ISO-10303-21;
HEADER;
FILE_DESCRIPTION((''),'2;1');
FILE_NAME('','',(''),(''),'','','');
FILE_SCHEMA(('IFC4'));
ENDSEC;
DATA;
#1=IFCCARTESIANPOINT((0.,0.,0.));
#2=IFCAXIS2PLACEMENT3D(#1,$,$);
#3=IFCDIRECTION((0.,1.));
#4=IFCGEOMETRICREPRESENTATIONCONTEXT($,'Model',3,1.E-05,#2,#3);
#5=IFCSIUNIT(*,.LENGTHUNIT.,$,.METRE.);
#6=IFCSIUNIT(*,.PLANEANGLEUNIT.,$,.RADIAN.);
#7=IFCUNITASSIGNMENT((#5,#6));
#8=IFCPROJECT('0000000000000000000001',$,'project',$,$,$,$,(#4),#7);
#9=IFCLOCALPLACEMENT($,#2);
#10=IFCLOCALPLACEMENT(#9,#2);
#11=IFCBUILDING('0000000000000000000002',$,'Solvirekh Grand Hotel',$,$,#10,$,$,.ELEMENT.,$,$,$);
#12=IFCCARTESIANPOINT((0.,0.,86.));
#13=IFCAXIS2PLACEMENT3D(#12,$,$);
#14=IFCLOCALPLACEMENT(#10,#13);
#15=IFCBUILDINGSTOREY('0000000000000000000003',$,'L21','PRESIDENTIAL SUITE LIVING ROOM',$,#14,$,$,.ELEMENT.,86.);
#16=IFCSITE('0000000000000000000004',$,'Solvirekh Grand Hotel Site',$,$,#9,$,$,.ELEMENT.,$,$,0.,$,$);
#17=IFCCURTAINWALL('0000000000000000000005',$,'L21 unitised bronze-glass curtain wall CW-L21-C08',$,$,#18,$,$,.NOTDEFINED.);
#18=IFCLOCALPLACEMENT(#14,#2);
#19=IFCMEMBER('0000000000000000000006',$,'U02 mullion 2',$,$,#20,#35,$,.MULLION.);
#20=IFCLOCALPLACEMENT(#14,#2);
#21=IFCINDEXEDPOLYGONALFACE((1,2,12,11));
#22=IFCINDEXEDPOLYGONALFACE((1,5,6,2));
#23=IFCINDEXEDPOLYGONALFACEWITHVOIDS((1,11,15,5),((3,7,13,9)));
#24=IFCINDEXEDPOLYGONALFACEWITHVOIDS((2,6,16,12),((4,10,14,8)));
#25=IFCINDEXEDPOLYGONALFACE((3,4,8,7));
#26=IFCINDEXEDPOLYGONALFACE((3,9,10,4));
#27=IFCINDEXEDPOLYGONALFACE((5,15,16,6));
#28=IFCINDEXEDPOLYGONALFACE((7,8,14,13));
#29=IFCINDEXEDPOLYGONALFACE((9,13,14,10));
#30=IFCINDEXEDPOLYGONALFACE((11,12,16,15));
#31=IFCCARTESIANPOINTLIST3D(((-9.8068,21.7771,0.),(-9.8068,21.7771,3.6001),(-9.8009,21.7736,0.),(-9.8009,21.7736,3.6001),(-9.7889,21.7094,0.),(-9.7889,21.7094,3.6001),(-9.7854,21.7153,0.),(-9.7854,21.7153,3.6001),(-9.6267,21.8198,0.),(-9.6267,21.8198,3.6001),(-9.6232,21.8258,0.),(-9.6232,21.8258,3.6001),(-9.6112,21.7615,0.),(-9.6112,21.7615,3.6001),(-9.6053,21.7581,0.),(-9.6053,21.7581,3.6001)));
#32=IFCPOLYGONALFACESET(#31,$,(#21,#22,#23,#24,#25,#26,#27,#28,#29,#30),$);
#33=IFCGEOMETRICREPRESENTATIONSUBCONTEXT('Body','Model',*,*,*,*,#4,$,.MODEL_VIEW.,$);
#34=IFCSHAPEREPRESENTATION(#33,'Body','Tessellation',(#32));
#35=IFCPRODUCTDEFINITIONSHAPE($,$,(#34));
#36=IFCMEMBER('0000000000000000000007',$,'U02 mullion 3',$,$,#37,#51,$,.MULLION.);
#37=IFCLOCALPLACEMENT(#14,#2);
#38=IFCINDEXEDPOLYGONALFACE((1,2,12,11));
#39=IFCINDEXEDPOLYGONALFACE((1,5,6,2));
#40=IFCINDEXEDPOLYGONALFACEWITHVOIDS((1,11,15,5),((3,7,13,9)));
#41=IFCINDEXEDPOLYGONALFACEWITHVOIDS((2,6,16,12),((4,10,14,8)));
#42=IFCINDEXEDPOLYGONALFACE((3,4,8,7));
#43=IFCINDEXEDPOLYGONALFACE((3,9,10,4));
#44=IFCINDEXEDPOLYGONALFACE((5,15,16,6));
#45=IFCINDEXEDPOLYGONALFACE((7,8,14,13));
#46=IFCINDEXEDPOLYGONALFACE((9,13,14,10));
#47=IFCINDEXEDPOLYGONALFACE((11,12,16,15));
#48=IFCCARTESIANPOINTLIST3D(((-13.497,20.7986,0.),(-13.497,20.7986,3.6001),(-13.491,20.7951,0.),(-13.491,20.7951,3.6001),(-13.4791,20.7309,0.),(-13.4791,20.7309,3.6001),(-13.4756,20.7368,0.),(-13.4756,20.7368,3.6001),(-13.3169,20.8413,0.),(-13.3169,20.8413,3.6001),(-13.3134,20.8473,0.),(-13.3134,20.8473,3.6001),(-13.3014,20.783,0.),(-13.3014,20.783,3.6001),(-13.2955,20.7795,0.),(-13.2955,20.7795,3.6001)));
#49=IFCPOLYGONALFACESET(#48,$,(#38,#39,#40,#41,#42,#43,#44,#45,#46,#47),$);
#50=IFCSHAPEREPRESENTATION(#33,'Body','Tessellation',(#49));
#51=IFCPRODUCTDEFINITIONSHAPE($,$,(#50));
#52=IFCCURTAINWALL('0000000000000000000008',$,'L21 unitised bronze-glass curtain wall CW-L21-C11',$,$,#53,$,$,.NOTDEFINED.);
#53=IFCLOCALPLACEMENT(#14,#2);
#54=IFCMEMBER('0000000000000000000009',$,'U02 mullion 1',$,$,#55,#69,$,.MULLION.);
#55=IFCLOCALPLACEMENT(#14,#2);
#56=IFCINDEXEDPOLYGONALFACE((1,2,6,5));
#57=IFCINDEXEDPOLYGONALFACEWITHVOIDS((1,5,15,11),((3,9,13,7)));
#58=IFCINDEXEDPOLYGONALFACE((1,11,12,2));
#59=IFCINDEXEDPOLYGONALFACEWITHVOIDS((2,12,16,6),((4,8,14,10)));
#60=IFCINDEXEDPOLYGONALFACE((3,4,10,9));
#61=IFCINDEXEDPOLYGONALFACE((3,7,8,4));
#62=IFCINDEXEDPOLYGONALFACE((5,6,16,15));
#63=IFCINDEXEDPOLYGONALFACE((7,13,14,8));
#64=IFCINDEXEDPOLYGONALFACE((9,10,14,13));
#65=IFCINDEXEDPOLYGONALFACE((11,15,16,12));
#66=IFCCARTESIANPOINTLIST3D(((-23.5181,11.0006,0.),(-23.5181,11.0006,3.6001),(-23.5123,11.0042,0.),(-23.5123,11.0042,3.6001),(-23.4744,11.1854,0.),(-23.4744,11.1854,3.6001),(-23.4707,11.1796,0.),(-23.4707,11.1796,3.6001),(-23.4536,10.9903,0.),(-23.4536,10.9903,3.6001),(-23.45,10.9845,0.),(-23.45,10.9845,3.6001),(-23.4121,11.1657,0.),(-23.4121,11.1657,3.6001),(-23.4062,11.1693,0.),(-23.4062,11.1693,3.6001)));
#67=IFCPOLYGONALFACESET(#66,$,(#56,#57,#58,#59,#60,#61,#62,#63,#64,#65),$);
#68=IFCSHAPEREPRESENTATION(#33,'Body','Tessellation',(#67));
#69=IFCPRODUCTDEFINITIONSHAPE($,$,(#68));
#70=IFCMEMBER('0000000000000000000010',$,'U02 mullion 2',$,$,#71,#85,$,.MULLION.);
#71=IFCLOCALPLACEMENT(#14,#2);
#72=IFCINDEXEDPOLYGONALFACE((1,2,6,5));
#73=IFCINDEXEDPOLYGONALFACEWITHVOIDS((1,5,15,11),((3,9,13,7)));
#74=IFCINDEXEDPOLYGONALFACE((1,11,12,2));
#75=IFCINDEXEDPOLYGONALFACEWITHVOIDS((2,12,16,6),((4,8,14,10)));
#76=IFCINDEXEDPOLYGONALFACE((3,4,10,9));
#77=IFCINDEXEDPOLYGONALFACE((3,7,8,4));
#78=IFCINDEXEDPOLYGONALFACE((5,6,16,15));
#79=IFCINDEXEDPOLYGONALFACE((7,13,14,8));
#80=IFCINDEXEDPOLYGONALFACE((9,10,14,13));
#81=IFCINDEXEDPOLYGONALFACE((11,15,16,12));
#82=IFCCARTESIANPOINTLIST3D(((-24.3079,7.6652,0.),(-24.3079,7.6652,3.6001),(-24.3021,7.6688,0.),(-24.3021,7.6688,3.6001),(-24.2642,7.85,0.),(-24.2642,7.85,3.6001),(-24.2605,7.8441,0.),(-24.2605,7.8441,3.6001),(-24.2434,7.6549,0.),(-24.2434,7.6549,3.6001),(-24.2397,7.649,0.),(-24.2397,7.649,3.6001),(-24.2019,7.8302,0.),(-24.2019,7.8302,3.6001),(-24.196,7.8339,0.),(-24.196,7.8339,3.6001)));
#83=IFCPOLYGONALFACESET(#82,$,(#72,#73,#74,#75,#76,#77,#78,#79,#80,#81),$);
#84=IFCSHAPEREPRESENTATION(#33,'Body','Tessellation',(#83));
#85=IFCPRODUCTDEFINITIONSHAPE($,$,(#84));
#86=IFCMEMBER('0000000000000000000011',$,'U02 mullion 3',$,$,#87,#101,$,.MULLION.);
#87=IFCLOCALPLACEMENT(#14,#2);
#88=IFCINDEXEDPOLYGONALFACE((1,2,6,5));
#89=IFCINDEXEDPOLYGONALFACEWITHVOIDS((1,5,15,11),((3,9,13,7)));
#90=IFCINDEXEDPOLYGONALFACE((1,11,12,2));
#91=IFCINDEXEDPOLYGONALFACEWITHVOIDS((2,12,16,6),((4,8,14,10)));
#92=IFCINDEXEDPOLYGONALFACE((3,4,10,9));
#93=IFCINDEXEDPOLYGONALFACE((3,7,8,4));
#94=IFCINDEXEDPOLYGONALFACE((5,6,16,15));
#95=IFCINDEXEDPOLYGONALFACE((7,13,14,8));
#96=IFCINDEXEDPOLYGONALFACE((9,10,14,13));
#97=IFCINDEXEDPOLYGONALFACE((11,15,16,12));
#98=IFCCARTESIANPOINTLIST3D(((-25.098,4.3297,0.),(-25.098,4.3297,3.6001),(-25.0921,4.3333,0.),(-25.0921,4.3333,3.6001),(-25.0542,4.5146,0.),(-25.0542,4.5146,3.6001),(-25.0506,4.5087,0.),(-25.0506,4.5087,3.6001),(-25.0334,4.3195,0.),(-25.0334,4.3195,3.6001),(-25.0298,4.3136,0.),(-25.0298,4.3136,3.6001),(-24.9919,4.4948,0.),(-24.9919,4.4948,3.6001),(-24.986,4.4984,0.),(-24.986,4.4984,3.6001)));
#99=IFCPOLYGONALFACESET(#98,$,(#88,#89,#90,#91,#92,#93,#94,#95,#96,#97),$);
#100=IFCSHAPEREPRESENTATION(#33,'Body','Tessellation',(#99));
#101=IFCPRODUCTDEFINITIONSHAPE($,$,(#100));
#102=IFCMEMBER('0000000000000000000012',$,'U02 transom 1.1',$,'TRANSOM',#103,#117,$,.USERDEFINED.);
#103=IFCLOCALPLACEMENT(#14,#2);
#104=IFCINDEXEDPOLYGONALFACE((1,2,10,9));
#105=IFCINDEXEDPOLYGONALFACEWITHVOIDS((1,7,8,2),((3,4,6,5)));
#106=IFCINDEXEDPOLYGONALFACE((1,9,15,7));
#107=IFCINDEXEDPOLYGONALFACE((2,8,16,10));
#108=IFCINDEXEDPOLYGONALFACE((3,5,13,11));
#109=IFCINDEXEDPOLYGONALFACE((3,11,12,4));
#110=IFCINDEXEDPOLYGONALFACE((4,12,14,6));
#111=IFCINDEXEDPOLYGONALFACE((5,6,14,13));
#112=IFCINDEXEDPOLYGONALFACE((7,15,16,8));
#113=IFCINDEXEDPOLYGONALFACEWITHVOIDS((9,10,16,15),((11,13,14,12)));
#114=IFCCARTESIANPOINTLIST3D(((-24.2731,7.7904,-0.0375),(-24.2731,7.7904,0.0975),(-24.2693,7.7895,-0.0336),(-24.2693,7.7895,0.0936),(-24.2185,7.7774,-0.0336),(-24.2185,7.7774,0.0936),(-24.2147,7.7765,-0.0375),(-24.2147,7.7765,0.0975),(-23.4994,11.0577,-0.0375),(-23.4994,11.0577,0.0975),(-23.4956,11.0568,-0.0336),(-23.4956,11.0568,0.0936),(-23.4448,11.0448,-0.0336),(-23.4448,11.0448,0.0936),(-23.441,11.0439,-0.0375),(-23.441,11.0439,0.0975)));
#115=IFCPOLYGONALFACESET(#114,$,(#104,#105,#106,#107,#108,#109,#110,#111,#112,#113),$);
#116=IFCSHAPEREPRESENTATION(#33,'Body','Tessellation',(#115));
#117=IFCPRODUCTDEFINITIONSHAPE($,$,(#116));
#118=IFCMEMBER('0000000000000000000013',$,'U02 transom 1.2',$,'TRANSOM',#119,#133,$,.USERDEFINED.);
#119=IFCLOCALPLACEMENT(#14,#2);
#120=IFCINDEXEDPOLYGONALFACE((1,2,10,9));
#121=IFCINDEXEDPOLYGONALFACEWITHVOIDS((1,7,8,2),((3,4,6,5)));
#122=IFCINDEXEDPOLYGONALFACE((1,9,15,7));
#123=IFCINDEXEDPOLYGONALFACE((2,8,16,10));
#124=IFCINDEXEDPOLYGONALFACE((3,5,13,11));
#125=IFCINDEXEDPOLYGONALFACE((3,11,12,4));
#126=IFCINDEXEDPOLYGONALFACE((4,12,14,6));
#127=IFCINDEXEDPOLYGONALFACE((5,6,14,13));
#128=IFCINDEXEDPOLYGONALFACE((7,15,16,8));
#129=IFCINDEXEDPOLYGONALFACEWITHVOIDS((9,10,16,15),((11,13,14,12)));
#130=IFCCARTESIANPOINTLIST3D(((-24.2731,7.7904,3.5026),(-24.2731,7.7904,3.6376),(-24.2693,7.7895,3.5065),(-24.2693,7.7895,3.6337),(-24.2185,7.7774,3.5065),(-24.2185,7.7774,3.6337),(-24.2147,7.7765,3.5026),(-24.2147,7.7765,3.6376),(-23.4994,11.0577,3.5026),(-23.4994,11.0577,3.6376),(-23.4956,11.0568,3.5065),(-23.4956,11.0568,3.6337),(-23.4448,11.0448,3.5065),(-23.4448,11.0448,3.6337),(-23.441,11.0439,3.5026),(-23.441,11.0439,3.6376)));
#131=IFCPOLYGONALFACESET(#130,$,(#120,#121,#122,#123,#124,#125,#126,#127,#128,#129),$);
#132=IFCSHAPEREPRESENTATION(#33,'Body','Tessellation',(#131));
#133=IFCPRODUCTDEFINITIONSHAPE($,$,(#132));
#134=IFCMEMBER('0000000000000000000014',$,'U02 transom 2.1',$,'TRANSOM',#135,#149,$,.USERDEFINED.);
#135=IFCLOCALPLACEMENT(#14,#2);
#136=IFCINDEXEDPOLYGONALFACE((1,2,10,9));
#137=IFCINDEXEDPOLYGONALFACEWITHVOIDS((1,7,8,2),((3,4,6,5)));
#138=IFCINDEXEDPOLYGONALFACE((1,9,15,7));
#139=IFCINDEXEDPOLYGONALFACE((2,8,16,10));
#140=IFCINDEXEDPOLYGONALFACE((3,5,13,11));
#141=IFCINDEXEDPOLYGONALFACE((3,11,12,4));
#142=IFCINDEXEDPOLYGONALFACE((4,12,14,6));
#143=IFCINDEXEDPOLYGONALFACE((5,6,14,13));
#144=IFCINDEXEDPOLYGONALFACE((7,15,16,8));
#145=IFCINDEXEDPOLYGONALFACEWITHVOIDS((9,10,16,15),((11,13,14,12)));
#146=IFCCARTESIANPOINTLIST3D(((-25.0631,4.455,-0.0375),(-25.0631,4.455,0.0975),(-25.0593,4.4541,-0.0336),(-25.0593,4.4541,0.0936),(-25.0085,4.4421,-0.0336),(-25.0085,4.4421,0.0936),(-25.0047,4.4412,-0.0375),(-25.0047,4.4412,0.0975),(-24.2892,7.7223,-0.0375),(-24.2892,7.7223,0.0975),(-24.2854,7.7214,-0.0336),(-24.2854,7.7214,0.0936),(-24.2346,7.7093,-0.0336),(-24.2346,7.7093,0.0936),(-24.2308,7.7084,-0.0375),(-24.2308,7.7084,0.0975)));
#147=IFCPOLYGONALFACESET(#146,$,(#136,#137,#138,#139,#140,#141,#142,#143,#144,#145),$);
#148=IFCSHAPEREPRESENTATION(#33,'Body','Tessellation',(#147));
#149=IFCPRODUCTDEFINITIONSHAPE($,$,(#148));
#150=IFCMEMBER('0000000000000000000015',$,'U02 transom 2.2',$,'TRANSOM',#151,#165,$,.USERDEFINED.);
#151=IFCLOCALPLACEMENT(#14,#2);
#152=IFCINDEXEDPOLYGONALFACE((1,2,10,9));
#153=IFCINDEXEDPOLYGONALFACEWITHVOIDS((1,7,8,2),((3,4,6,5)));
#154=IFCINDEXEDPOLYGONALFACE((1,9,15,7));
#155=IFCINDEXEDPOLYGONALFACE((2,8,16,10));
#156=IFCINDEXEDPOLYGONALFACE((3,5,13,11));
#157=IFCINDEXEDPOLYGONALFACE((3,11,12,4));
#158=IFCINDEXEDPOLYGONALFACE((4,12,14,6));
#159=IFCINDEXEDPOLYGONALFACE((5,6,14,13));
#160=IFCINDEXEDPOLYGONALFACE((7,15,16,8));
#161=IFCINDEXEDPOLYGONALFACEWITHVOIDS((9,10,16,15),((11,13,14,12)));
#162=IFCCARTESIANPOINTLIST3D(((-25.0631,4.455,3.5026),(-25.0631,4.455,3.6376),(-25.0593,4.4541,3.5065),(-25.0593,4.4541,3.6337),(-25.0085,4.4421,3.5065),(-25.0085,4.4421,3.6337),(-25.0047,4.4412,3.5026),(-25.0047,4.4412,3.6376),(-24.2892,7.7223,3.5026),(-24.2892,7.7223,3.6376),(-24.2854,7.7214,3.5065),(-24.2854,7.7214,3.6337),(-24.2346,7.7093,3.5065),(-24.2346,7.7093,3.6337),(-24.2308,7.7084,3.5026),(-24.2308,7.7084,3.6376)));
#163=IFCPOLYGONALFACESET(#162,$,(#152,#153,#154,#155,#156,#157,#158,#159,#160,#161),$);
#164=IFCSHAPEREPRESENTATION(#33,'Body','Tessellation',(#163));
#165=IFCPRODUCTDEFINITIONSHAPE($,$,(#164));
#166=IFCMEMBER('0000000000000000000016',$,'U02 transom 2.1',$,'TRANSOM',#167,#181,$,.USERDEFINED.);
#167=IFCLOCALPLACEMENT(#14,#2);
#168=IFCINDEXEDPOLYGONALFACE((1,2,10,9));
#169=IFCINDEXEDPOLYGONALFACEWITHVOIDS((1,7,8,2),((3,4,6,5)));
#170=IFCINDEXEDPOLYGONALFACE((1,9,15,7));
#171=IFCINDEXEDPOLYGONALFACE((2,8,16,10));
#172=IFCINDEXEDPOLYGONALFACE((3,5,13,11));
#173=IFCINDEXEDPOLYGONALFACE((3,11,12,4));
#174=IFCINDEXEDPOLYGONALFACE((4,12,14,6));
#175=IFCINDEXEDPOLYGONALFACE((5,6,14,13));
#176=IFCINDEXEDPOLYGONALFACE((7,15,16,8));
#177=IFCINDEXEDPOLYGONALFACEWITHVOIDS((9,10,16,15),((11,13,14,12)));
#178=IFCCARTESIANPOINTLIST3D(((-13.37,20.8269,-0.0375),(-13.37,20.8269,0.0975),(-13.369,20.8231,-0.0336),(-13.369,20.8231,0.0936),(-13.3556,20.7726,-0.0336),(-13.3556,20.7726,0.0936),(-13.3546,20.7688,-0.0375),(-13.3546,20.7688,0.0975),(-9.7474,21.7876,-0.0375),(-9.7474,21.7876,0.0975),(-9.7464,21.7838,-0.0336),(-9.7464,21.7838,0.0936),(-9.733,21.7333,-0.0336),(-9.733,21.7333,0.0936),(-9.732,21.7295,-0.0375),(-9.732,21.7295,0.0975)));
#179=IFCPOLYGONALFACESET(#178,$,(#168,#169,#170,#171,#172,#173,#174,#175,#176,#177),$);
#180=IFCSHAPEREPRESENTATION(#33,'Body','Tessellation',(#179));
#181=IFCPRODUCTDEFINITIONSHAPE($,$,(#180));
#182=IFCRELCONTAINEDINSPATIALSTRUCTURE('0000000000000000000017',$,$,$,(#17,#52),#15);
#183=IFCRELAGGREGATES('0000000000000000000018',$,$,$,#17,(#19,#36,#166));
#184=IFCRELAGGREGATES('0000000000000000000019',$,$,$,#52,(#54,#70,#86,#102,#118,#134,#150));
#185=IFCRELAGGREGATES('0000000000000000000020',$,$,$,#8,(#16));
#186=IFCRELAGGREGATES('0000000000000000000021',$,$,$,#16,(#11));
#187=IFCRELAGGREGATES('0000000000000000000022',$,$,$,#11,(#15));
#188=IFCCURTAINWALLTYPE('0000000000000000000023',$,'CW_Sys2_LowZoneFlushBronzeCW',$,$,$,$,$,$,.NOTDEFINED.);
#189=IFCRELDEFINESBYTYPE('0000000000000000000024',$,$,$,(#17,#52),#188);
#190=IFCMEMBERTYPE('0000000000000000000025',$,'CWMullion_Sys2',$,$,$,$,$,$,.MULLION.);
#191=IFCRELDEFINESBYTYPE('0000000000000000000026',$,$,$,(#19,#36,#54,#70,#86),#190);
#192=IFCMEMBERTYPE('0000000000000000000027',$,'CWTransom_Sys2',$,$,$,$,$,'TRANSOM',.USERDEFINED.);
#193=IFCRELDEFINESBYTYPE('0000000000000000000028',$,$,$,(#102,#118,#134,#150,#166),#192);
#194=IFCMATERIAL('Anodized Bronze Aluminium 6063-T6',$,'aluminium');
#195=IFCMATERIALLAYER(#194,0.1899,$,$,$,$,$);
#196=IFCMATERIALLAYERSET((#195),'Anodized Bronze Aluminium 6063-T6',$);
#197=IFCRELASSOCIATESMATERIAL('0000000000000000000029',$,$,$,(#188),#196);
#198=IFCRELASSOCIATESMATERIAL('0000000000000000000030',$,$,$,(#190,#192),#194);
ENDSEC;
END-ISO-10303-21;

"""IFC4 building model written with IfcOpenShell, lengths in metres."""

from ifc_helpers import new_model, si_unit, direction, frame, origin, origin_2d, place, context, subcontext, project, spatial, hollow_rectangle, extrude, source, transform, mapped, material, layer, layer_set, material_profile, profile_set, type_object, element, aggregate, save


model = new_model("IFC4")

# Units and contexts
model_context = context("Model", 3, precision=1e-05, world=origin(), true_north=direction((0.0, 1.0)))
body_context = subcontext(model_context, "Body", "Model", "MODEL_VIEW")
ifc_project = project(units=[si_unit("LENGTHUNIT", "METRE"), si_unit("PLANEANGLEUNIT", "RADIAN")], contexts=[model_context])

# Site, building, storey
site_placement = place(None, origin())
site = spatial("IfcSite", under=ifc_project, at=site_placement, Name="Solvirekh Grand Hotel Site", CompositionType="ELEMENT", RefElevation=0.0)
building_placement = place(site_placement, origin())
building = spatial("IfcBuilding", under=site, at=building_placement, Name="Solvirekh Grand Hotel", CompositionType="ELEMENT")
storey_placement = place(building_placement, frame((0.0, 0.0, 86.0)))
storey = spatial("IfcBuildingStorey", under=building, at=storey_placement, Name="L21", Description="PRESIDENTIAL SUITE LIVING ROOM", CompositionType="ELEMENT", Elevation=86.0)

# Curtain walls, members
ifc_material_1 = material(Name="Anodized Bronze Aluminium 6063-T6", Category="aluminium")
ifc_layer_1 = layer(ifc_material_1, 0.1899)
ifc_layer_set_1 = layer_set([ifc_layer_1], Name="Anodized Bronze Aluminium 6063-T6")
curtain_wall_type = type_object("IfcCurtainWallType", Name="CW_Sys2_LowZoneFlushBronzeCW", PredefinedType="NOTDEFINED", material=ifc_layer_set_1)
curtain_wall_1_placement = place(storey_placement, origin())
curtain_wall_1 = element("IfcCurtainWall", 1, at=curtain_wall_1_placement, inside=storey, type_object=curtain_wall_type, Name="L21 unitised bronze-glass curtain wall CW-L21-C08", PredefinedType="NOTDEFINED")
ifc_material_profile_1 = material_profile(ifc_material_1, hollow_rectangle(XDim=0.0701, YDim=0.1899, WallThickness=0.0049, at=origin_2d()), Name="ALU RHS 190X70X5")
ifc_profile_set_1 = profile_set([ifc_material_profile_1], Name="Anodized Bronze Aluminium 6063-T6")
member_type_1 = type_object("IfcMemberType", Name="CWMullion_Sys2", PredefinedType="MULLION", material=ifc_profile_set_1)
shared_shape_1 = source(origin(), body_context, "Body", "SweptSolid", [
    extrude(hollow_rectangle(XDim=0.0701, YDim=0.1899, WallThickness=0.0049, at=origin_2d()), origin(), (0.0, 0.0, 1.0), 3.6001),
])
member_1_placement = place(storey_placement, frame((-9.7061, 21.7676, 0.0), z_axis=(0.0, 0.0, 1.0), x_axis=(0.256313, -0.966594, 0.0)))
member_1 = element("IfcMember", 2, at=member_1_placement, type_object=member_type_1, Name="U02 mullion 2", PredefinedType="MULLION", context=body_context, shape_type="MappedRepresentation", body=[
    mapped(shared_shape_1, transform((0.0, 0.0, 0.0), x_axis=(1.0, 0.0, 0.0), y_axis=(0.0, 1.0, 0.0), z_axis=(0.0, 0.0, 1.0), scale=1.0)),
])
member_2_placement = place(storey_placement, frame((-13.3962, 20.7891, 0.0), z_axis=(0.0, 0.0, 1.0), x_axis=(0.256313, -0.966594, 0.0)))
member_2 = element("IfcMember", 3, at=member_2_placement, type_object=member_type_1, Name="U02 mullion 3", PredefinedType="MULLION", context=body_context, shape_type="MappedRepresentation", body=[
    mapped(shared_shape_1, transform((0.0, 0.0, 0.0), x_axis=(1.0, 0.0, 0.0), y_axis=(0.0, 1.0, 0.0), z_axis=(0.0, 0.0, 1.0), scale=1.0)),
])
curtain_wall_2_placement = place(storey_placement, origin())
curtain_wall_2 = element("IfcCurtainWall", 4, at=curtain_wall_2_placement, inside=storey, type_object=curtain_wall_type, Name="L21 unitised bronze-glass curtain wall CW-L21-C11", PredefinedType="NOTDEFINED")
member_3_placement = place(storey_placement, frame((-23.4622, 11.085, 0.0), z_axis=(0.0, 0.0, 1.0), x_axis=(0.973083, -0.230456, 0.0)))
member_3 = element("IfcMember", 5, at=member_3_placement, type_object=member_type_1, Name="U02 mullion 1", PredefinedType="MULLION", context=body_context, shape_type="MappedRepresentation", body=[
    mapped(shared_shape_1, transform((0.0, 0.0, 0.0), x_axis=(1.0, 0.0, 0.0), y_axis=(0.0, 1.0, 0.0), z_axis=(0.0, 0.0, 1.0), scale=1.0)),
])
member_4_placement = place(storey_placement, frame((-24.252, 7.7495, 0.0), z_axis=(0.0, 0.0, 1.0), x_axis=(0.973083, -0.230456, 0.0)))
member_4 = element("IfcMember", 6, at=member_4_placement, type_object=member_type_1, Name="U02 mullion 2", PredefinedType="MULLION", context=body_context, shape_type="MappedRepresentation", body=[
    mapped(shared_shape_1, transform((0.0, 0.0, 0.0), x_axis=(1.0, 0.0, 0.0), y_axis=(0.0, 1.0, 0.0), z_axis=(0.0, 0.0, 1.0), scale=1.0)),
])
member_5_placement = place(storey_placement, frame((-25.042, 4.4141, 0.0), z_axis=(0.0, 0.0, 1.0), x_axis=(0.973083, -0.230456, 0.0)))
member_5 = element("IfcMember", 7, at=member_5_placement, type_object=member_type_1, Name="U02 mullion 3", PredefinedType="MULLION", context=body_context, shape_type="MappedRepresentation", body=[
    mapped(shared_shape_1, transform((0.0, 0.0, 0.0), x_axis=(1.0, 0.0, 0.0), y_axis=(0.0, 1.0, 0.0), z_axis=(0.0, 0.0, 1.0), scale=1.0)),
])
ifc_material_profile_2 = material_profile(ifc_material_1, hollow_rectangle(XDim=0.0601, YDim=0.135, WallThickness=0.0039, at=origin_2d()), Name="ALU RHS 135X60X4")
ifc_profile_set_2 = profile_set([ifc_material_profile_2], Name="Anodized Bronze Aluminium 6063-T6")
member_type_2 = type_object("IfcMemberType", Name="CWTransom_Sys2", ElementType="TRANSOM", PredefinedType="USERDEFINED", material=ifc_profile_set_2)
shared_shape_2 = source(origin(), body_context, "Body", "SweptSolid", [
    extrude(hollow_rectangle(XDim=0.0601, YDim=0.135, WallThickness=0.0039, at=origin_2d()), origin(), (0.0, 0.0, 1.0), 3.3577),
])
member_6_placement = place(storey_placement, frame((-23.4702, 11.0508, 0.03), z_axis=(-0.230421, -0.973091, 0.0), x_axis=(0.973091, -0.230421, 0.0)))
member_6 = element("IfcMember", 8, at=member_6_placement, type_object=member_type_2, Name="U02 transom 1.1", ObjectType="TRANSOM", PredefinedType="USERDEFINED", context=body_context, shape_type="MappedRepresentation", body=[
    mapped(shared_shape_2, transform((0.0, 0.0, 0.0), x_axis=(1.0, 0.0, 0.0), y_axis=(0.0, 1.0, 0.0), z_axis=(0.0, 0.0, 1.0), scale=1.0)),
])
member_7_placement = place(storey_placement, frame((-23.4702, 11.0508, 3.5701), z_axis=(-0.230421, -0.973091, 0.0), x_axis=(0.973091, -0.230421, 0.0)))
member_7 = element("IfcMember", 9, at=member_7_placement, type_object=member_type_2, Name="U02 transom 1.2", ObjectType="TRANSOM", PredefinedType="USERDEFINED", context=body_context, shape_type="MappedRepresentation", body=[
    mapped(shared_shape_2, transform((0.0, 0.0, 0.0), x_axis=(1.0, 0.0, 0.0), y_axis=(0.0, 1.0, 0.0), z_axis=(0.0, 0.0, 1.0), scale=1.0)),
])
member_8_placement = place(storey_placement, frame((-24.26, 7.7153, 0.03), z_axis=(-0.23049, -0.973075, 0.0), x_axis=(0.973075, -0.23049, 0.0)))
member_8 = element("IfcMember", 10, at=member_8_placement, type_object=member_type_2, Name="U02 transom 2.1", ObjectType="TRANSOM", PredefinedType="USERDEFINED", context=body_context, shape_type="MappedRepresentation", body=[
    mapped(shared_shape_2, transform((0.0, 0.0, 0.0), x_axis=(1.0, 0.0, 0.0), y_axis=(0.0, 1.0, 0.0), z_axis=(0.0, 0.0, 1.0), scale=1.0)),
])
member_9_placement = place(storey_placement, frame((-24.26, 7.7153, 3.5701), z_axis=(-0.23049, -0.973075, 0.0), x_axis=(0.973075, -0.23049, 0.0)))
member_9 = element("IfcMember", 11, at=member_9_placement, type_object=member_type_2, Name="U02 transom 2.2", ObjectType="TRANSOM", PredefinedType="USERDEFINED", context=body_context, shape_type="MappedRepresentation", body=[
    mapped(shared_shape_2, transform((0.0, 0.0, 0.0), x_axis=(1.0, 0.0, 0.0), y_axis=(0.0, 1.0, 0.0), z_axis=(0.0, 0.0, 1.0), scale=1.0)),
])

# Member
shared_shape_3 = source(origin(), body_context, "Body", "SweptSolid", [
    extrude(hollow_rectangle(XDim=0.0601, YDim=0.135, WallThickness=0.0039, at=origin_2d()), origin(), (0.0, 0.0, 1.0), 3.7478),
])
member_10_placement = place(storey_placement, frame((-9.7397, 21.7585, 0.03), z_axis=(-0.966588, -0.256337, 0.0), x_axis=(0.256337, -0.966588, 0.0)))
member_10 = element("IfcMember", 12, at=member_10_placement, type_object=member_type_2, Name="U02 transom 2.1", ObjectType="TRANSOM", PredefinedType="USERDEFINED", context=body_context, shape_type="MappedRepresentation", body=[
    mapped(shared_shape_3, transform((0.0, 0.0, 0.0), x_axis=(1.0, 0.0, 0.0), y_axis=(0.0, 1.0, 0.0), z_axis=(0.0, 0.0, 1.0), scale=1.0)),
])

aggregate(curtain_wall_1, [member_1, member_2, member_10])
aggregate(curtain_wall_2, [member_3, member_4, member_5, member_6, member_7, member_8, member_9])

save(model, "model.ifc")
